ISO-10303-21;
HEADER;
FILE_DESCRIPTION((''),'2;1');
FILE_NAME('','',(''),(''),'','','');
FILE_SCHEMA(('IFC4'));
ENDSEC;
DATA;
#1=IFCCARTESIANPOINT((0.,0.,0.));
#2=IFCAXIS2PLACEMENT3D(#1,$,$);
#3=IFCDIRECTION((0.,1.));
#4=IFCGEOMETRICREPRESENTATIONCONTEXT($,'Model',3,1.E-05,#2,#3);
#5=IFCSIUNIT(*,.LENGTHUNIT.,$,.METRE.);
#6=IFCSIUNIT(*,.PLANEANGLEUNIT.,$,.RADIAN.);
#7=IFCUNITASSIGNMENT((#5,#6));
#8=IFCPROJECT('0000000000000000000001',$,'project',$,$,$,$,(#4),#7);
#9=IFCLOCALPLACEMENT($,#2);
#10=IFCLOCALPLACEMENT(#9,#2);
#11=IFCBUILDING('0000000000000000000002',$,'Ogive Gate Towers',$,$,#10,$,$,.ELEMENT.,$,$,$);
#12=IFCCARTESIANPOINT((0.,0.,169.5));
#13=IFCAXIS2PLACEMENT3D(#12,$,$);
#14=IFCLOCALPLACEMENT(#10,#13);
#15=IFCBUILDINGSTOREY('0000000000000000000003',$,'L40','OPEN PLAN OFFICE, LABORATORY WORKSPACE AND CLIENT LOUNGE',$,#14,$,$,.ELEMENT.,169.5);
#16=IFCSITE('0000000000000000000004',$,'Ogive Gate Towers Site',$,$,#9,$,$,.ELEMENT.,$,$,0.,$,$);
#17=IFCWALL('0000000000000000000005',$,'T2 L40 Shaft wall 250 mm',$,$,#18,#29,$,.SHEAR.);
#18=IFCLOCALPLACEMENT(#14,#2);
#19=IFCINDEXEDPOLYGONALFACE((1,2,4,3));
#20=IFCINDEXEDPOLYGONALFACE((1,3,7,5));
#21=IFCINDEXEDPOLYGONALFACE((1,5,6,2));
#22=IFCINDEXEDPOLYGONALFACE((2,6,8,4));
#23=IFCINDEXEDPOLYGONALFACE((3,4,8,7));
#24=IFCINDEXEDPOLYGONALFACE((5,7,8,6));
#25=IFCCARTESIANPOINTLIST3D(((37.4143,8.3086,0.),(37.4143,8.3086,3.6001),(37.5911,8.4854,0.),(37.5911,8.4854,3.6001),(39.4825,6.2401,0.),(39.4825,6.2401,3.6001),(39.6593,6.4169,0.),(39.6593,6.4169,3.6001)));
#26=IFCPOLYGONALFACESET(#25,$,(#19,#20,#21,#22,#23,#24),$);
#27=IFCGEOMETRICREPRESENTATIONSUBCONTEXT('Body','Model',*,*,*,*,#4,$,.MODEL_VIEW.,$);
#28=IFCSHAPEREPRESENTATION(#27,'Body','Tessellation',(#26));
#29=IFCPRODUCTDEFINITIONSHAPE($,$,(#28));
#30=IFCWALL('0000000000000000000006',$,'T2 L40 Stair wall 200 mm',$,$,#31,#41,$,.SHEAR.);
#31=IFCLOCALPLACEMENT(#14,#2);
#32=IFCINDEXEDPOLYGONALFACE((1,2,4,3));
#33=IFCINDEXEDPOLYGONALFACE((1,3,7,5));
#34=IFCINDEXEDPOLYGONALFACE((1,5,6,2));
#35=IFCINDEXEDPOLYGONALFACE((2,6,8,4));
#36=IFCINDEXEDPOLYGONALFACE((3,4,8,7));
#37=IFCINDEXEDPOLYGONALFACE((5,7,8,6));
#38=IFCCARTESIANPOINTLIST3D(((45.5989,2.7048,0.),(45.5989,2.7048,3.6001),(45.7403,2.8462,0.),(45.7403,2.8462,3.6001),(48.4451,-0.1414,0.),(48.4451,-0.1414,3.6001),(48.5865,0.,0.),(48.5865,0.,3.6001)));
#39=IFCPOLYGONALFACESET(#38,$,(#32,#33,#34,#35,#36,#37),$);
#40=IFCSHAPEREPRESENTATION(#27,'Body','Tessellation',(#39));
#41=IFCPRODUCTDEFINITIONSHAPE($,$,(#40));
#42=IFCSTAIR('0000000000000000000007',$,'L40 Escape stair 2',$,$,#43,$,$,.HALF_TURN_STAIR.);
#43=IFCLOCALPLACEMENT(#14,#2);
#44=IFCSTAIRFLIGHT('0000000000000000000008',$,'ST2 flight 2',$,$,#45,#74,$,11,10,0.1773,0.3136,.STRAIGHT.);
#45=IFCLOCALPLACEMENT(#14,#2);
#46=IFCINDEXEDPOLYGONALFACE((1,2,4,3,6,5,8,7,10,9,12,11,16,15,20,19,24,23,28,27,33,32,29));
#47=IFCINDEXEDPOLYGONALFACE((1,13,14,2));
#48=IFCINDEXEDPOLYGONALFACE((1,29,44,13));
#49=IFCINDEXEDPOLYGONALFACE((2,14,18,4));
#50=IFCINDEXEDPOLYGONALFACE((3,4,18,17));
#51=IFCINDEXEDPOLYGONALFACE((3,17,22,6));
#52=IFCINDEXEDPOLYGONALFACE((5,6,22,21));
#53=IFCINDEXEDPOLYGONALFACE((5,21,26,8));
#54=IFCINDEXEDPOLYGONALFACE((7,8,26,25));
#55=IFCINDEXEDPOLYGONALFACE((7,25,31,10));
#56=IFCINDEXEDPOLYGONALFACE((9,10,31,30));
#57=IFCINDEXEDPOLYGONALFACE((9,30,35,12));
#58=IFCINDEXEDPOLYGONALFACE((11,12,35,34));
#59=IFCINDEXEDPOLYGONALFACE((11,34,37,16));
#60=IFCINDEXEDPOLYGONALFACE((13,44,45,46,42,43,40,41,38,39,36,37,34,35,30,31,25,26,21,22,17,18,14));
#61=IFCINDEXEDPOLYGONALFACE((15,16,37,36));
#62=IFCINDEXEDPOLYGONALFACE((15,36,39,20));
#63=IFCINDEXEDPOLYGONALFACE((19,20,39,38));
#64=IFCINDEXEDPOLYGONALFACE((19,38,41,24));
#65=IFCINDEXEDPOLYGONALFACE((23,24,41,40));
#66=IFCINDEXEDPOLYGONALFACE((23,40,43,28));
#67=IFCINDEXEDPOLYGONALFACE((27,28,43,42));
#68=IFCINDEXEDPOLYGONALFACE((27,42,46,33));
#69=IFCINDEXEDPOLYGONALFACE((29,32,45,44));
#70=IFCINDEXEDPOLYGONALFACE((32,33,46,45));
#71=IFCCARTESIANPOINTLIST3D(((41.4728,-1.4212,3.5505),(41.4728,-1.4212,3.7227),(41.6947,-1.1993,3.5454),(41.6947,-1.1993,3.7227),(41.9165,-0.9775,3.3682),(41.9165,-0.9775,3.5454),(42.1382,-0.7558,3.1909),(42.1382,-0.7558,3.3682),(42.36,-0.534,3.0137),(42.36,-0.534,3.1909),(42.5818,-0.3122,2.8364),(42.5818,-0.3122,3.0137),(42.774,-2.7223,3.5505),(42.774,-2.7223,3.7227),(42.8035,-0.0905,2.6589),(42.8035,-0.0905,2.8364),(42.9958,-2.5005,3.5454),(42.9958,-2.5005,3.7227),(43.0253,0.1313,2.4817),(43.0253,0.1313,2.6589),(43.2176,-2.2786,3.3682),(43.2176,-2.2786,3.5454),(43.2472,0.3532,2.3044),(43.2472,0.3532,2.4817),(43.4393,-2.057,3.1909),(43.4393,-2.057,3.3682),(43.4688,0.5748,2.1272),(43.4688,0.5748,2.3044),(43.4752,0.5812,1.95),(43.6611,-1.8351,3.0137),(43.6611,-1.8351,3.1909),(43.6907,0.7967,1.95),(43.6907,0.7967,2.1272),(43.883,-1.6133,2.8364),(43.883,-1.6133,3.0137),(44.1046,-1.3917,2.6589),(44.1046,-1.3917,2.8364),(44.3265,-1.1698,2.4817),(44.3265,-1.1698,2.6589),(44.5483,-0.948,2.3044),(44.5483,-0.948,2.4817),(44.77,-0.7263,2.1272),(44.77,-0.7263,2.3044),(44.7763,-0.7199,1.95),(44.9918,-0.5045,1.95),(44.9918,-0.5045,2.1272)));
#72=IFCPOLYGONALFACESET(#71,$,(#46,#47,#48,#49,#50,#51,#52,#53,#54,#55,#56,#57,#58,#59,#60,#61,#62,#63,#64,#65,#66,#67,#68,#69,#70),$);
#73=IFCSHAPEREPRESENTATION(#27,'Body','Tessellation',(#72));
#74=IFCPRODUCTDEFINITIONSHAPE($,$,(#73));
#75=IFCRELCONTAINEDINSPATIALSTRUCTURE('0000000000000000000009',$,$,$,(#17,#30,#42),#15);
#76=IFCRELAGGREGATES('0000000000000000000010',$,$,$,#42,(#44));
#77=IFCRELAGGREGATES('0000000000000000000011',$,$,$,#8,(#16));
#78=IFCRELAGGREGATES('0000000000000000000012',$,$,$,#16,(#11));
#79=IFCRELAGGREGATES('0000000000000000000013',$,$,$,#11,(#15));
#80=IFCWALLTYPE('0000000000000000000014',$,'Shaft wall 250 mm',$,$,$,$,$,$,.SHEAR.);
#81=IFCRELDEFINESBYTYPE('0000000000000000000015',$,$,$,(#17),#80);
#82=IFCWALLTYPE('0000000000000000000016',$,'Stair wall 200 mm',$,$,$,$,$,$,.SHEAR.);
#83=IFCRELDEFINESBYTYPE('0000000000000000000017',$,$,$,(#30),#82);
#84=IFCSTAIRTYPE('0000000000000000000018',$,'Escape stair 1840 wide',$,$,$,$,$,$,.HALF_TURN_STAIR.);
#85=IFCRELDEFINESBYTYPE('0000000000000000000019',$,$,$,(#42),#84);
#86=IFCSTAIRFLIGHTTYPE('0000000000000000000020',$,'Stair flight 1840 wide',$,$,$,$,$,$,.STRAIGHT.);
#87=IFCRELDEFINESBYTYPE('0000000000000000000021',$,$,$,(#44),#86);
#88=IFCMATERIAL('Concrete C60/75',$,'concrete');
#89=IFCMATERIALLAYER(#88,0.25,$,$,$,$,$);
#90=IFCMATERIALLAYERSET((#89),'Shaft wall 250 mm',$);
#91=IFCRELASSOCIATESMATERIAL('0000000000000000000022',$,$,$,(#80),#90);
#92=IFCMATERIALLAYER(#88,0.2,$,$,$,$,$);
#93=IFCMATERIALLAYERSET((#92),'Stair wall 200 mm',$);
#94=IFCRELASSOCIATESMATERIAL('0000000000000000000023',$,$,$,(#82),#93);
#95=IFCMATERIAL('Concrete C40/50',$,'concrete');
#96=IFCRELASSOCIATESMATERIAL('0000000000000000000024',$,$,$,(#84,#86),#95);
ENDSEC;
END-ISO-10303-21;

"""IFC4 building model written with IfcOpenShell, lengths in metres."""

from ifc_helpers import new_model, si_unit, direction, frame, frame_2d, origin, place, context, subcontext, project, spatial, polyline, rectangle, outline, extrude, material, layer, layer_set, type_object, element, aggregate, save


model = new_model("IFC4")

# Units and contexts
model_context = context("Model", 3, precision=1e-05, world=origin(), true_north=direction((0.0, 1.0)))
body_context = subcontext(model_context, "Body", "Model", "MODEL_VIEW")
ifc_project = project(units=[si_unit("LENGTHUNIT", "METRE"), si_unit("PLANEANGLEUNIT", "RADIAN")], contexts=[model_context])

# Site, building, storey
site_placement = place(None, origin())
site = spatial("IfcSite", under=ifc_project, at=site_placement, Name="Ogive Gate Towers Site", CompositionType="ELEMENT", RefElevation=0.0)
building_placement = place(site_placement, origin())
building = spatial("IfcBuilding", under=site, at=building_placement, Name="Ogive Gate Towers", CompositionType="ELEMENT")
storey_placement = place(building_placement, frame((0.0, 0.0, 169.5)))
storey = spatial("IfcBuildingStorey", under=building, at=storey_placement, Name="L40", Description="OPEN PLAN OFFICE, LABORATORY WORKSPACE AND CLIENT LOUNGE", CompositionType="ELEMENT", Elevation=169.5)

# Shared definitions
ifc_material_1 = material(Name="Concrete C40/50", Category="concrete")

# Shared definitions
ifc_material_2 = material(Name="Concrete C60/75", Category="concrete")

# Walls
ifc_layer_1 = layer(ifc_material_2, 0.25)
ifc_layer_set_1 = layer_set([ifc_layer_1], Name="Shaft wall 250 mm")
wall_type_1 = type_object("IfcWallType", Name="Shaft wall 250 mm", PredefinedType="SHEAR", material=ifc_layer_set_1)
wall_1_placement = place(storey_placement, frame((39.5708, 6.3286, 0.0), z_axis=(0.0, 0.0, 1.0), x_axis=(-0.707065, 0.707149, 0.0)))
element("IfcWall", 1, at=wall_1_placement, inside=storey, type_object=wall_type_1, Name="T2 L40 Shaft wall 250 mm", PredefinedType="SHEAR", context=body_context, shape_type="SweptSolid", body=[
    extrude(rectangle(XDim=2.925, YDim=0.25, at=frame_2d((1.4624, 0.0))), origin(), (0.0, 0.0, 1.0), 3.6001),
])
ifc_layer_2 = layer(ifc_material_2, 0.2)
ifc_layer_set_2 = layer_set([ifc_layer_2], Name="Stair wall 200 mm")
wall_type_2 = type_object("IfcWallType", Name="Stair wall 200 mm", PredefinedType="SHEAR", material=ifc_layer_set_2)
wall_2_placement = place(storey_placement, frame((48.5159, -0.0708, 0.0), z_axis=(0.0, 0.0, 1.0), x_axis=(-0.707107, 0.707107, 0.0)))
element("IfcWall", 2, at=wall_2_placement, inside=storey, type_object=wall_type_2, Name="T2 L40 Stair wall 200 mm", PredefinedType="SHEAR", context=body_context, shape_type="SweptSolid", body=[
    extrude(rectangle(XDim=4.0251, YDim=0.2, at=frame_2d((2.0127, 0.0))), origin(), (0.0, 0.0, 1.0), 3.6001),
])

# Stair, stair flight
stair_type = type_object("IfcStairType", Name="Escape stair 1840 wide", PredefinedType="HALF_TURN_STAIR", material=ifc_material_1)
stair_placement = place(storey_placement, origin())
stair = element("IfcStair", 3, at=stair_placement, inside=storey, type_object=stair_type, Name="L40 Escape stair 2", PredefinedType="HALF_TURN_STAIR")
stair_flight_type = type_object("IfcStairFlightType", Name="Stair flight 1840 wide", PredefinedType="STRAIGHT", material=ifc_material_1)
stair_flight_placement = place(storey_placement, frame((44.3413, 0.146, 1.95), z_axis=(0.0, 0.0, 1.0), x_axis=(-0.707107, -0.707107, 0.0)))
stair_flight = element("IfcStairFlight", 4, at=stair_flight_placement, type_object=stair_flight_type, Name="ST2 flight 2", NumberOfRisers=11, NumberOfTreads=10, PredefinedType="STRAIGHT", RiserHeight=0.1773, TreadLength=0.3136, context=body_context, shape_type="SweptSolid", body=[
    extrude(outline(polyline([(0.0, 0.0), (0.0, 0.1772), (0.3137, 0.1772), (0.3137, 0.3545), (0.6272, 0.3545), (0.6272, 0.5317), (0.9409, 0.5317), (0.9409, 0.709), (1.2546, 0.709), (1.2546, 0.8865), (1.5681, 0.8865), (1.5681, 1.0637), (1.8818, 1.0637), (1.8818, 1.241), (2.1956, 1.241), (2.1956, 1.4182), (2.509, 1.4182), (2.509, 1.5955), (2.8228, 1.5955), (2.8228, 1.7727), (3.1365, 1.7727), (3.1365, 1.95), (3.1365, 1.6006), (0.3047, 0.0), (0.0, 0.0)])), frame((0.0, 0.9199, 0.0), z_axis=(0.0, -1.0, 0.0), x_axis=(1.0, 0.0, 0.0)), (0.0, 0.0, 1.0), 1.8401),
])
aggregate(stair, [stair_flight])

save(model, "model.ifc")
